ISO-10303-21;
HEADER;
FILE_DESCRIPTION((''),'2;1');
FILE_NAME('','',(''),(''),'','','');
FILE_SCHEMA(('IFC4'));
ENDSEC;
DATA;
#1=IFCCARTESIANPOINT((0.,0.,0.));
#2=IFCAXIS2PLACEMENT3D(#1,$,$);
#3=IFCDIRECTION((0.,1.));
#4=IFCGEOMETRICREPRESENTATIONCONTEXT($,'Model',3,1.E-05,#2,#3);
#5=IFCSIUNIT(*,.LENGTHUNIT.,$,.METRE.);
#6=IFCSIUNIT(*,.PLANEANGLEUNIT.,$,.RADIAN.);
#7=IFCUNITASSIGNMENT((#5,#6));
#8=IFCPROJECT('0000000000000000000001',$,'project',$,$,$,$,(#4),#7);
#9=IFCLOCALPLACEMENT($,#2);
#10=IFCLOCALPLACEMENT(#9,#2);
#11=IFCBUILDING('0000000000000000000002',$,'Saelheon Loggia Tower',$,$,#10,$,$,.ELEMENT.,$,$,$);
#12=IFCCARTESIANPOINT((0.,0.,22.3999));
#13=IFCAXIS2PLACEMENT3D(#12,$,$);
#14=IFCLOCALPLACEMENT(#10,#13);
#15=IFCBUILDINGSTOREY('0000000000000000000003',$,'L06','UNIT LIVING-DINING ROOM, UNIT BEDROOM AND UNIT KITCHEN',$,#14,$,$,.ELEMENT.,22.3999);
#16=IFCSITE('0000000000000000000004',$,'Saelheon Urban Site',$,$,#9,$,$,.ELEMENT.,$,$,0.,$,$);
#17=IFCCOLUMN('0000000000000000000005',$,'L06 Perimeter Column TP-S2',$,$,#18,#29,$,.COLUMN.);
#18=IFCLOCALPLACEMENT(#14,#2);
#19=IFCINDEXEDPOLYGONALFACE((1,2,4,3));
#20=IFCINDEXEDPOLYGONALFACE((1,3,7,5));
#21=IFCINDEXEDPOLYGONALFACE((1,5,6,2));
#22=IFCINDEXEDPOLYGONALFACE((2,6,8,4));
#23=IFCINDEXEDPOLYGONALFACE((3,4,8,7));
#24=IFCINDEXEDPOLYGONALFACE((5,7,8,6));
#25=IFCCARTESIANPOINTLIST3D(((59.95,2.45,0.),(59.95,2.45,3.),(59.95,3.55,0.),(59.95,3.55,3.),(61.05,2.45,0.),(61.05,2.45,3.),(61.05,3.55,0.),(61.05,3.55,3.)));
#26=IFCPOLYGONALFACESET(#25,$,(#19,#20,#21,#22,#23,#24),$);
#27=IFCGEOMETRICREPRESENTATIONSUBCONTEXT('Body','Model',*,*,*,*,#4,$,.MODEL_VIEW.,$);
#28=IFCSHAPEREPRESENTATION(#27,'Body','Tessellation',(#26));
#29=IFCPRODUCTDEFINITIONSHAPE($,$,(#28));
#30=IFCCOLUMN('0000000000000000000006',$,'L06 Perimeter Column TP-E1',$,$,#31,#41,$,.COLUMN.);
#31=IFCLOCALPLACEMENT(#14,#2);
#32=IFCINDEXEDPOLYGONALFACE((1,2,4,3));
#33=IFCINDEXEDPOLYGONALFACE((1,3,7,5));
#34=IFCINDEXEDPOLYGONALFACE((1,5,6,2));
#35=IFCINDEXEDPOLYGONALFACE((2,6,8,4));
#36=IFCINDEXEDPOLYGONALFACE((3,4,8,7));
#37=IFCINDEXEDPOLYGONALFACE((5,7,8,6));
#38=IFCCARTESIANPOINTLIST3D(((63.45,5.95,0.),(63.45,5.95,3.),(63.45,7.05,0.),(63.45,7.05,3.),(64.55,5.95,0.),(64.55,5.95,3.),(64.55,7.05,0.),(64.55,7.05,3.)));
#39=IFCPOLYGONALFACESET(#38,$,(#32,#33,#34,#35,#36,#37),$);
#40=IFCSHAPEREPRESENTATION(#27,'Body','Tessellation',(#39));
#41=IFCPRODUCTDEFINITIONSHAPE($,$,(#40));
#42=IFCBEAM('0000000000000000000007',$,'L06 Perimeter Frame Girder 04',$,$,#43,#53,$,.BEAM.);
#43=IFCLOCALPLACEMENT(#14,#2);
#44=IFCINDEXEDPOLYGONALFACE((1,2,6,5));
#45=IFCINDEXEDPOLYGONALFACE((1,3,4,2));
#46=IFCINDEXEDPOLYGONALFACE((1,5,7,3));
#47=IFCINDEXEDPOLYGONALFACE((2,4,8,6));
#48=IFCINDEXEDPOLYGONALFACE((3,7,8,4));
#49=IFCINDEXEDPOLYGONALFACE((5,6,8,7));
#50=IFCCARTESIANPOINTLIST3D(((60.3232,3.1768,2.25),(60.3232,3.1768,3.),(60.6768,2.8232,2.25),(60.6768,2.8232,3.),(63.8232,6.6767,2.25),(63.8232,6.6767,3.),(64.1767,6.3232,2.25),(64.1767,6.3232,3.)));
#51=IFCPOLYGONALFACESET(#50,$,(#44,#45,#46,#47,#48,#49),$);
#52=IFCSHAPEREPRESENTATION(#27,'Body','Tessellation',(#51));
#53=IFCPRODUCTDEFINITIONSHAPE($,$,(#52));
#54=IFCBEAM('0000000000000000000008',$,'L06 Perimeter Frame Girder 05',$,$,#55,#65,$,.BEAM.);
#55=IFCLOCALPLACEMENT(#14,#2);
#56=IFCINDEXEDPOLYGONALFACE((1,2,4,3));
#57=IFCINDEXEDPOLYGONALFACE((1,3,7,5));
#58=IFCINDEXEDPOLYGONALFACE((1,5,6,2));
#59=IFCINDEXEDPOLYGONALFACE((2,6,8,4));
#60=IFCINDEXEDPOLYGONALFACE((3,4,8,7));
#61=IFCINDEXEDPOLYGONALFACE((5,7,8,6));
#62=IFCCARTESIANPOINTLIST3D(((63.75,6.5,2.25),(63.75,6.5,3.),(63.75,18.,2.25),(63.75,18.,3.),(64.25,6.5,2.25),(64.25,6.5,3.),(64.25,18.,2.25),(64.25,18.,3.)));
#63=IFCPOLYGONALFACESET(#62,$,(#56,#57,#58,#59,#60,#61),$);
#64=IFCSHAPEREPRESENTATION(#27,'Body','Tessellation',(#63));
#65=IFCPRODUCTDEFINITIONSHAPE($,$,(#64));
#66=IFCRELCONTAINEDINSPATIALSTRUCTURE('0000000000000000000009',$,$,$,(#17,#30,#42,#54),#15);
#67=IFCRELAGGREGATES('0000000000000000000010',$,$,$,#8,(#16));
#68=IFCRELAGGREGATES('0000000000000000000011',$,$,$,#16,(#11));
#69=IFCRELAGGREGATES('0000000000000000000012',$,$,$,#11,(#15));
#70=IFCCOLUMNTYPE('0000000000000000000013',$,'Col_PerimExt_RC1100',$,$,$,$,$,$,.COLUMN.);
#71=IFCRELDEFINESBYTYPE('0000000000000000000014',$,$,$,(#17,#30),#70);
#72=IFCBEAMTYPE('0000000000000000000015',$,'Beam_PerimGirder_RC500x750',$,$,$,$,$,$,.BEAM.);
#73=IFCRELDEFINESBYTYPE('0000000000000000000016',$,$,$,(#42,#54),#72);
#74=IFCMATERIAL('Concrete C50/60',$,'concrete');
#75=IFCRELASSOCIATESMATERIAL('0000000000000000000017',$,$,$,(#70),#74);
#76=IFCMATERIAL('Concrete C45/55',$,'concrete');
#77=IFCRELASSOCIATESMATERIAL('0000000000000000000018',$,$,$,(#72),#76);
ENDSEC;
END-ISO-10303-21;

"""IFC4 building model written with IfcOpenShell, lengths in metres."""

from ifc_helpers import new_model, si_unit, direction, frame, origin, origin_2d, place, context, subcontext, project, spatial, rectangle, extrude, source, transform, mapped, material, material_profile, profile_set, type_object, element, save


model = new_model("IFC4")

# Units and contexts
model_context = context("Model", 3, precision=1e-05, world=origin(), true_north=direction((0.0, 1.0)))
body_context = subcontext(model_context, "Body", "Model", "MODEL_VIEW")
ifc_project = project(units=[si_unit("LENGTHUNIT", "METRE"), si_unit("PLANEANGLEUNIT", "RADIAN")], contexts=[model_context])

# Site, building, storey
site_placement = place(None, origin())
site = spatial("IfcSite", under=ifc_project, at=site_placement, Name="Saelheon Urban Site", CompositionType="ELEMENT", RefElevation=0.0)
building_placement = place(site_placement, origin())
building = spatial("IfcBuilding", under=site, at=building_placement, Name="Saelheon Loggia Tower", CompositionType="ELEMENT")
storey_placement = place(building_placement, frame((0.0, 0.0, 22.3999)))
storey = spatial("IfcBuildingStorey", under=building, at=storey_placement, Name="L06", Description="UNIT LIVING-DINING ROOM, UNIT BEDROOM AND UNIT KITCHEN", CompositionType="ELEMENT", Elevation=22.3999)

# Columns
ifc_material_1 = material(Name="Concrete C50/60", Category="concrete")
ifc_material_profile_1 = material_profile(ifc_material_1, rectangle(XDim=1.1001, YDim=1.1001, at=origin_2d()), Name="RC-1100x1100")
ifc_profile_set_1 = profile_set([ifc_material_profile_1], Name="Concrete C50/60")
column_type = type_object("IfcColumnType", Name="Col_PerimExt_RC1100", PredefinedType="COLUMN", material=ifc_profile_set_1)
shared_shape_1 = source(origin(), body_context, "Body", "SweptSolid", [
    extrude(rectangle(XDim=1.1001, YDim=1.1001, at=origin_2d()), origin(), (0.0, 0.0, 1.0), 3.0),
])
for number, where, z_axis, x_axis, name in (
    (1, (60.5, 3.0, 0.0), (0.0, 0.0, 1.0), (1.0, 0.0, 0.0), "L06 Perimeter Column TP-S2"),
    (2, (64.0, 6.5, 0.0), (0.0, 0.0, 1.0), (1.0, 0.0, 0.0), "L06 Perimeter Column TP-E1"),
):
    element("IfcColumn", number, at=place(storey_placement, frame(where, z_axis=z_axis, x_axis=x_axis)), inside=storey, type_object=column_type, Name=name, PredefinedType="COLUMN", context=body_context, shape_type="MappedRepresentation", body=[
        mapped(shared_shape_1, transform((0.0, 0.0, 0.0), scale=1.0)),
    ])

# Beams
ifc_material_2 = material(Name="Concrete C45/55", Category="concrete")
ifc_material_profile_2 = material_profile(ifc_material_2, rectangle(XDim=0.5, YDim=0.75, at=origin_2d()), Name="RC-500x750")
ifc_profile_set_2 = profile_set([ifc_material_profile_2], Name="Concrete C45/55")
beam_type = type_object("IfcBeamType", Name="Beam_PerimGirder_RC500x750", PredefinedType="BEAM", material=ifc_profile_set_2)
shared_shape_2 = source(origin(), body_context, "Body", "SweptSolid", [
    extrude(rectangle(XDim=0.5, YDim=0.75, at=origin_2d()), origin(), (0.0, 0.0, 1.0), 4.9497),
])
beam_1_placement = place(storey_placement, frame((60.5, 3.0, 2.625), z_axis=(0.707107, 0.707107, 0.0), x_axis=(-0.707107, 0.707107, 0.0)))
element("IfcBeam", 3, at=beam_1_placement, inside=storey, type_object=beam_type, Name="L06 Perimeter Frame Girder 04", PredefinedType="BEAM", context=body_context, shape_type="MappedRepresentation", body=[
    mapped(shared_shape_2, transform((0.0, 0.0, 0.0), scale=1.0)),
])
shared_shape_3 = source(origin(), body_context, "Body", "SweptSolid", [
    extrude(rectangle(XDim=0.5, YDim=0.75, at=origin_2d()), origin(), (0.0, 0.0, 1.0), 11.5),
])
beam_2_placement = place(storey_placement, frame((64.0, 6.5, 2.625), z_axis=(0.0, 1.0, 0.0), x_axis=(-1.0, 0.0, 0.0)))
element("IfcBeam", 4, at=beam_2_placement, inside=storey, type_object=beam_type, Name="L06 Perimeter Frame Girder 05", PredefinedType="BEAM", context=body_context, shape_type="MappedRepresentation", body=[
    mapped(shared_shape_3, transform((0.0, 0.0, 0.0), scale=1.0)),
])

save(model, "model.ifc")
